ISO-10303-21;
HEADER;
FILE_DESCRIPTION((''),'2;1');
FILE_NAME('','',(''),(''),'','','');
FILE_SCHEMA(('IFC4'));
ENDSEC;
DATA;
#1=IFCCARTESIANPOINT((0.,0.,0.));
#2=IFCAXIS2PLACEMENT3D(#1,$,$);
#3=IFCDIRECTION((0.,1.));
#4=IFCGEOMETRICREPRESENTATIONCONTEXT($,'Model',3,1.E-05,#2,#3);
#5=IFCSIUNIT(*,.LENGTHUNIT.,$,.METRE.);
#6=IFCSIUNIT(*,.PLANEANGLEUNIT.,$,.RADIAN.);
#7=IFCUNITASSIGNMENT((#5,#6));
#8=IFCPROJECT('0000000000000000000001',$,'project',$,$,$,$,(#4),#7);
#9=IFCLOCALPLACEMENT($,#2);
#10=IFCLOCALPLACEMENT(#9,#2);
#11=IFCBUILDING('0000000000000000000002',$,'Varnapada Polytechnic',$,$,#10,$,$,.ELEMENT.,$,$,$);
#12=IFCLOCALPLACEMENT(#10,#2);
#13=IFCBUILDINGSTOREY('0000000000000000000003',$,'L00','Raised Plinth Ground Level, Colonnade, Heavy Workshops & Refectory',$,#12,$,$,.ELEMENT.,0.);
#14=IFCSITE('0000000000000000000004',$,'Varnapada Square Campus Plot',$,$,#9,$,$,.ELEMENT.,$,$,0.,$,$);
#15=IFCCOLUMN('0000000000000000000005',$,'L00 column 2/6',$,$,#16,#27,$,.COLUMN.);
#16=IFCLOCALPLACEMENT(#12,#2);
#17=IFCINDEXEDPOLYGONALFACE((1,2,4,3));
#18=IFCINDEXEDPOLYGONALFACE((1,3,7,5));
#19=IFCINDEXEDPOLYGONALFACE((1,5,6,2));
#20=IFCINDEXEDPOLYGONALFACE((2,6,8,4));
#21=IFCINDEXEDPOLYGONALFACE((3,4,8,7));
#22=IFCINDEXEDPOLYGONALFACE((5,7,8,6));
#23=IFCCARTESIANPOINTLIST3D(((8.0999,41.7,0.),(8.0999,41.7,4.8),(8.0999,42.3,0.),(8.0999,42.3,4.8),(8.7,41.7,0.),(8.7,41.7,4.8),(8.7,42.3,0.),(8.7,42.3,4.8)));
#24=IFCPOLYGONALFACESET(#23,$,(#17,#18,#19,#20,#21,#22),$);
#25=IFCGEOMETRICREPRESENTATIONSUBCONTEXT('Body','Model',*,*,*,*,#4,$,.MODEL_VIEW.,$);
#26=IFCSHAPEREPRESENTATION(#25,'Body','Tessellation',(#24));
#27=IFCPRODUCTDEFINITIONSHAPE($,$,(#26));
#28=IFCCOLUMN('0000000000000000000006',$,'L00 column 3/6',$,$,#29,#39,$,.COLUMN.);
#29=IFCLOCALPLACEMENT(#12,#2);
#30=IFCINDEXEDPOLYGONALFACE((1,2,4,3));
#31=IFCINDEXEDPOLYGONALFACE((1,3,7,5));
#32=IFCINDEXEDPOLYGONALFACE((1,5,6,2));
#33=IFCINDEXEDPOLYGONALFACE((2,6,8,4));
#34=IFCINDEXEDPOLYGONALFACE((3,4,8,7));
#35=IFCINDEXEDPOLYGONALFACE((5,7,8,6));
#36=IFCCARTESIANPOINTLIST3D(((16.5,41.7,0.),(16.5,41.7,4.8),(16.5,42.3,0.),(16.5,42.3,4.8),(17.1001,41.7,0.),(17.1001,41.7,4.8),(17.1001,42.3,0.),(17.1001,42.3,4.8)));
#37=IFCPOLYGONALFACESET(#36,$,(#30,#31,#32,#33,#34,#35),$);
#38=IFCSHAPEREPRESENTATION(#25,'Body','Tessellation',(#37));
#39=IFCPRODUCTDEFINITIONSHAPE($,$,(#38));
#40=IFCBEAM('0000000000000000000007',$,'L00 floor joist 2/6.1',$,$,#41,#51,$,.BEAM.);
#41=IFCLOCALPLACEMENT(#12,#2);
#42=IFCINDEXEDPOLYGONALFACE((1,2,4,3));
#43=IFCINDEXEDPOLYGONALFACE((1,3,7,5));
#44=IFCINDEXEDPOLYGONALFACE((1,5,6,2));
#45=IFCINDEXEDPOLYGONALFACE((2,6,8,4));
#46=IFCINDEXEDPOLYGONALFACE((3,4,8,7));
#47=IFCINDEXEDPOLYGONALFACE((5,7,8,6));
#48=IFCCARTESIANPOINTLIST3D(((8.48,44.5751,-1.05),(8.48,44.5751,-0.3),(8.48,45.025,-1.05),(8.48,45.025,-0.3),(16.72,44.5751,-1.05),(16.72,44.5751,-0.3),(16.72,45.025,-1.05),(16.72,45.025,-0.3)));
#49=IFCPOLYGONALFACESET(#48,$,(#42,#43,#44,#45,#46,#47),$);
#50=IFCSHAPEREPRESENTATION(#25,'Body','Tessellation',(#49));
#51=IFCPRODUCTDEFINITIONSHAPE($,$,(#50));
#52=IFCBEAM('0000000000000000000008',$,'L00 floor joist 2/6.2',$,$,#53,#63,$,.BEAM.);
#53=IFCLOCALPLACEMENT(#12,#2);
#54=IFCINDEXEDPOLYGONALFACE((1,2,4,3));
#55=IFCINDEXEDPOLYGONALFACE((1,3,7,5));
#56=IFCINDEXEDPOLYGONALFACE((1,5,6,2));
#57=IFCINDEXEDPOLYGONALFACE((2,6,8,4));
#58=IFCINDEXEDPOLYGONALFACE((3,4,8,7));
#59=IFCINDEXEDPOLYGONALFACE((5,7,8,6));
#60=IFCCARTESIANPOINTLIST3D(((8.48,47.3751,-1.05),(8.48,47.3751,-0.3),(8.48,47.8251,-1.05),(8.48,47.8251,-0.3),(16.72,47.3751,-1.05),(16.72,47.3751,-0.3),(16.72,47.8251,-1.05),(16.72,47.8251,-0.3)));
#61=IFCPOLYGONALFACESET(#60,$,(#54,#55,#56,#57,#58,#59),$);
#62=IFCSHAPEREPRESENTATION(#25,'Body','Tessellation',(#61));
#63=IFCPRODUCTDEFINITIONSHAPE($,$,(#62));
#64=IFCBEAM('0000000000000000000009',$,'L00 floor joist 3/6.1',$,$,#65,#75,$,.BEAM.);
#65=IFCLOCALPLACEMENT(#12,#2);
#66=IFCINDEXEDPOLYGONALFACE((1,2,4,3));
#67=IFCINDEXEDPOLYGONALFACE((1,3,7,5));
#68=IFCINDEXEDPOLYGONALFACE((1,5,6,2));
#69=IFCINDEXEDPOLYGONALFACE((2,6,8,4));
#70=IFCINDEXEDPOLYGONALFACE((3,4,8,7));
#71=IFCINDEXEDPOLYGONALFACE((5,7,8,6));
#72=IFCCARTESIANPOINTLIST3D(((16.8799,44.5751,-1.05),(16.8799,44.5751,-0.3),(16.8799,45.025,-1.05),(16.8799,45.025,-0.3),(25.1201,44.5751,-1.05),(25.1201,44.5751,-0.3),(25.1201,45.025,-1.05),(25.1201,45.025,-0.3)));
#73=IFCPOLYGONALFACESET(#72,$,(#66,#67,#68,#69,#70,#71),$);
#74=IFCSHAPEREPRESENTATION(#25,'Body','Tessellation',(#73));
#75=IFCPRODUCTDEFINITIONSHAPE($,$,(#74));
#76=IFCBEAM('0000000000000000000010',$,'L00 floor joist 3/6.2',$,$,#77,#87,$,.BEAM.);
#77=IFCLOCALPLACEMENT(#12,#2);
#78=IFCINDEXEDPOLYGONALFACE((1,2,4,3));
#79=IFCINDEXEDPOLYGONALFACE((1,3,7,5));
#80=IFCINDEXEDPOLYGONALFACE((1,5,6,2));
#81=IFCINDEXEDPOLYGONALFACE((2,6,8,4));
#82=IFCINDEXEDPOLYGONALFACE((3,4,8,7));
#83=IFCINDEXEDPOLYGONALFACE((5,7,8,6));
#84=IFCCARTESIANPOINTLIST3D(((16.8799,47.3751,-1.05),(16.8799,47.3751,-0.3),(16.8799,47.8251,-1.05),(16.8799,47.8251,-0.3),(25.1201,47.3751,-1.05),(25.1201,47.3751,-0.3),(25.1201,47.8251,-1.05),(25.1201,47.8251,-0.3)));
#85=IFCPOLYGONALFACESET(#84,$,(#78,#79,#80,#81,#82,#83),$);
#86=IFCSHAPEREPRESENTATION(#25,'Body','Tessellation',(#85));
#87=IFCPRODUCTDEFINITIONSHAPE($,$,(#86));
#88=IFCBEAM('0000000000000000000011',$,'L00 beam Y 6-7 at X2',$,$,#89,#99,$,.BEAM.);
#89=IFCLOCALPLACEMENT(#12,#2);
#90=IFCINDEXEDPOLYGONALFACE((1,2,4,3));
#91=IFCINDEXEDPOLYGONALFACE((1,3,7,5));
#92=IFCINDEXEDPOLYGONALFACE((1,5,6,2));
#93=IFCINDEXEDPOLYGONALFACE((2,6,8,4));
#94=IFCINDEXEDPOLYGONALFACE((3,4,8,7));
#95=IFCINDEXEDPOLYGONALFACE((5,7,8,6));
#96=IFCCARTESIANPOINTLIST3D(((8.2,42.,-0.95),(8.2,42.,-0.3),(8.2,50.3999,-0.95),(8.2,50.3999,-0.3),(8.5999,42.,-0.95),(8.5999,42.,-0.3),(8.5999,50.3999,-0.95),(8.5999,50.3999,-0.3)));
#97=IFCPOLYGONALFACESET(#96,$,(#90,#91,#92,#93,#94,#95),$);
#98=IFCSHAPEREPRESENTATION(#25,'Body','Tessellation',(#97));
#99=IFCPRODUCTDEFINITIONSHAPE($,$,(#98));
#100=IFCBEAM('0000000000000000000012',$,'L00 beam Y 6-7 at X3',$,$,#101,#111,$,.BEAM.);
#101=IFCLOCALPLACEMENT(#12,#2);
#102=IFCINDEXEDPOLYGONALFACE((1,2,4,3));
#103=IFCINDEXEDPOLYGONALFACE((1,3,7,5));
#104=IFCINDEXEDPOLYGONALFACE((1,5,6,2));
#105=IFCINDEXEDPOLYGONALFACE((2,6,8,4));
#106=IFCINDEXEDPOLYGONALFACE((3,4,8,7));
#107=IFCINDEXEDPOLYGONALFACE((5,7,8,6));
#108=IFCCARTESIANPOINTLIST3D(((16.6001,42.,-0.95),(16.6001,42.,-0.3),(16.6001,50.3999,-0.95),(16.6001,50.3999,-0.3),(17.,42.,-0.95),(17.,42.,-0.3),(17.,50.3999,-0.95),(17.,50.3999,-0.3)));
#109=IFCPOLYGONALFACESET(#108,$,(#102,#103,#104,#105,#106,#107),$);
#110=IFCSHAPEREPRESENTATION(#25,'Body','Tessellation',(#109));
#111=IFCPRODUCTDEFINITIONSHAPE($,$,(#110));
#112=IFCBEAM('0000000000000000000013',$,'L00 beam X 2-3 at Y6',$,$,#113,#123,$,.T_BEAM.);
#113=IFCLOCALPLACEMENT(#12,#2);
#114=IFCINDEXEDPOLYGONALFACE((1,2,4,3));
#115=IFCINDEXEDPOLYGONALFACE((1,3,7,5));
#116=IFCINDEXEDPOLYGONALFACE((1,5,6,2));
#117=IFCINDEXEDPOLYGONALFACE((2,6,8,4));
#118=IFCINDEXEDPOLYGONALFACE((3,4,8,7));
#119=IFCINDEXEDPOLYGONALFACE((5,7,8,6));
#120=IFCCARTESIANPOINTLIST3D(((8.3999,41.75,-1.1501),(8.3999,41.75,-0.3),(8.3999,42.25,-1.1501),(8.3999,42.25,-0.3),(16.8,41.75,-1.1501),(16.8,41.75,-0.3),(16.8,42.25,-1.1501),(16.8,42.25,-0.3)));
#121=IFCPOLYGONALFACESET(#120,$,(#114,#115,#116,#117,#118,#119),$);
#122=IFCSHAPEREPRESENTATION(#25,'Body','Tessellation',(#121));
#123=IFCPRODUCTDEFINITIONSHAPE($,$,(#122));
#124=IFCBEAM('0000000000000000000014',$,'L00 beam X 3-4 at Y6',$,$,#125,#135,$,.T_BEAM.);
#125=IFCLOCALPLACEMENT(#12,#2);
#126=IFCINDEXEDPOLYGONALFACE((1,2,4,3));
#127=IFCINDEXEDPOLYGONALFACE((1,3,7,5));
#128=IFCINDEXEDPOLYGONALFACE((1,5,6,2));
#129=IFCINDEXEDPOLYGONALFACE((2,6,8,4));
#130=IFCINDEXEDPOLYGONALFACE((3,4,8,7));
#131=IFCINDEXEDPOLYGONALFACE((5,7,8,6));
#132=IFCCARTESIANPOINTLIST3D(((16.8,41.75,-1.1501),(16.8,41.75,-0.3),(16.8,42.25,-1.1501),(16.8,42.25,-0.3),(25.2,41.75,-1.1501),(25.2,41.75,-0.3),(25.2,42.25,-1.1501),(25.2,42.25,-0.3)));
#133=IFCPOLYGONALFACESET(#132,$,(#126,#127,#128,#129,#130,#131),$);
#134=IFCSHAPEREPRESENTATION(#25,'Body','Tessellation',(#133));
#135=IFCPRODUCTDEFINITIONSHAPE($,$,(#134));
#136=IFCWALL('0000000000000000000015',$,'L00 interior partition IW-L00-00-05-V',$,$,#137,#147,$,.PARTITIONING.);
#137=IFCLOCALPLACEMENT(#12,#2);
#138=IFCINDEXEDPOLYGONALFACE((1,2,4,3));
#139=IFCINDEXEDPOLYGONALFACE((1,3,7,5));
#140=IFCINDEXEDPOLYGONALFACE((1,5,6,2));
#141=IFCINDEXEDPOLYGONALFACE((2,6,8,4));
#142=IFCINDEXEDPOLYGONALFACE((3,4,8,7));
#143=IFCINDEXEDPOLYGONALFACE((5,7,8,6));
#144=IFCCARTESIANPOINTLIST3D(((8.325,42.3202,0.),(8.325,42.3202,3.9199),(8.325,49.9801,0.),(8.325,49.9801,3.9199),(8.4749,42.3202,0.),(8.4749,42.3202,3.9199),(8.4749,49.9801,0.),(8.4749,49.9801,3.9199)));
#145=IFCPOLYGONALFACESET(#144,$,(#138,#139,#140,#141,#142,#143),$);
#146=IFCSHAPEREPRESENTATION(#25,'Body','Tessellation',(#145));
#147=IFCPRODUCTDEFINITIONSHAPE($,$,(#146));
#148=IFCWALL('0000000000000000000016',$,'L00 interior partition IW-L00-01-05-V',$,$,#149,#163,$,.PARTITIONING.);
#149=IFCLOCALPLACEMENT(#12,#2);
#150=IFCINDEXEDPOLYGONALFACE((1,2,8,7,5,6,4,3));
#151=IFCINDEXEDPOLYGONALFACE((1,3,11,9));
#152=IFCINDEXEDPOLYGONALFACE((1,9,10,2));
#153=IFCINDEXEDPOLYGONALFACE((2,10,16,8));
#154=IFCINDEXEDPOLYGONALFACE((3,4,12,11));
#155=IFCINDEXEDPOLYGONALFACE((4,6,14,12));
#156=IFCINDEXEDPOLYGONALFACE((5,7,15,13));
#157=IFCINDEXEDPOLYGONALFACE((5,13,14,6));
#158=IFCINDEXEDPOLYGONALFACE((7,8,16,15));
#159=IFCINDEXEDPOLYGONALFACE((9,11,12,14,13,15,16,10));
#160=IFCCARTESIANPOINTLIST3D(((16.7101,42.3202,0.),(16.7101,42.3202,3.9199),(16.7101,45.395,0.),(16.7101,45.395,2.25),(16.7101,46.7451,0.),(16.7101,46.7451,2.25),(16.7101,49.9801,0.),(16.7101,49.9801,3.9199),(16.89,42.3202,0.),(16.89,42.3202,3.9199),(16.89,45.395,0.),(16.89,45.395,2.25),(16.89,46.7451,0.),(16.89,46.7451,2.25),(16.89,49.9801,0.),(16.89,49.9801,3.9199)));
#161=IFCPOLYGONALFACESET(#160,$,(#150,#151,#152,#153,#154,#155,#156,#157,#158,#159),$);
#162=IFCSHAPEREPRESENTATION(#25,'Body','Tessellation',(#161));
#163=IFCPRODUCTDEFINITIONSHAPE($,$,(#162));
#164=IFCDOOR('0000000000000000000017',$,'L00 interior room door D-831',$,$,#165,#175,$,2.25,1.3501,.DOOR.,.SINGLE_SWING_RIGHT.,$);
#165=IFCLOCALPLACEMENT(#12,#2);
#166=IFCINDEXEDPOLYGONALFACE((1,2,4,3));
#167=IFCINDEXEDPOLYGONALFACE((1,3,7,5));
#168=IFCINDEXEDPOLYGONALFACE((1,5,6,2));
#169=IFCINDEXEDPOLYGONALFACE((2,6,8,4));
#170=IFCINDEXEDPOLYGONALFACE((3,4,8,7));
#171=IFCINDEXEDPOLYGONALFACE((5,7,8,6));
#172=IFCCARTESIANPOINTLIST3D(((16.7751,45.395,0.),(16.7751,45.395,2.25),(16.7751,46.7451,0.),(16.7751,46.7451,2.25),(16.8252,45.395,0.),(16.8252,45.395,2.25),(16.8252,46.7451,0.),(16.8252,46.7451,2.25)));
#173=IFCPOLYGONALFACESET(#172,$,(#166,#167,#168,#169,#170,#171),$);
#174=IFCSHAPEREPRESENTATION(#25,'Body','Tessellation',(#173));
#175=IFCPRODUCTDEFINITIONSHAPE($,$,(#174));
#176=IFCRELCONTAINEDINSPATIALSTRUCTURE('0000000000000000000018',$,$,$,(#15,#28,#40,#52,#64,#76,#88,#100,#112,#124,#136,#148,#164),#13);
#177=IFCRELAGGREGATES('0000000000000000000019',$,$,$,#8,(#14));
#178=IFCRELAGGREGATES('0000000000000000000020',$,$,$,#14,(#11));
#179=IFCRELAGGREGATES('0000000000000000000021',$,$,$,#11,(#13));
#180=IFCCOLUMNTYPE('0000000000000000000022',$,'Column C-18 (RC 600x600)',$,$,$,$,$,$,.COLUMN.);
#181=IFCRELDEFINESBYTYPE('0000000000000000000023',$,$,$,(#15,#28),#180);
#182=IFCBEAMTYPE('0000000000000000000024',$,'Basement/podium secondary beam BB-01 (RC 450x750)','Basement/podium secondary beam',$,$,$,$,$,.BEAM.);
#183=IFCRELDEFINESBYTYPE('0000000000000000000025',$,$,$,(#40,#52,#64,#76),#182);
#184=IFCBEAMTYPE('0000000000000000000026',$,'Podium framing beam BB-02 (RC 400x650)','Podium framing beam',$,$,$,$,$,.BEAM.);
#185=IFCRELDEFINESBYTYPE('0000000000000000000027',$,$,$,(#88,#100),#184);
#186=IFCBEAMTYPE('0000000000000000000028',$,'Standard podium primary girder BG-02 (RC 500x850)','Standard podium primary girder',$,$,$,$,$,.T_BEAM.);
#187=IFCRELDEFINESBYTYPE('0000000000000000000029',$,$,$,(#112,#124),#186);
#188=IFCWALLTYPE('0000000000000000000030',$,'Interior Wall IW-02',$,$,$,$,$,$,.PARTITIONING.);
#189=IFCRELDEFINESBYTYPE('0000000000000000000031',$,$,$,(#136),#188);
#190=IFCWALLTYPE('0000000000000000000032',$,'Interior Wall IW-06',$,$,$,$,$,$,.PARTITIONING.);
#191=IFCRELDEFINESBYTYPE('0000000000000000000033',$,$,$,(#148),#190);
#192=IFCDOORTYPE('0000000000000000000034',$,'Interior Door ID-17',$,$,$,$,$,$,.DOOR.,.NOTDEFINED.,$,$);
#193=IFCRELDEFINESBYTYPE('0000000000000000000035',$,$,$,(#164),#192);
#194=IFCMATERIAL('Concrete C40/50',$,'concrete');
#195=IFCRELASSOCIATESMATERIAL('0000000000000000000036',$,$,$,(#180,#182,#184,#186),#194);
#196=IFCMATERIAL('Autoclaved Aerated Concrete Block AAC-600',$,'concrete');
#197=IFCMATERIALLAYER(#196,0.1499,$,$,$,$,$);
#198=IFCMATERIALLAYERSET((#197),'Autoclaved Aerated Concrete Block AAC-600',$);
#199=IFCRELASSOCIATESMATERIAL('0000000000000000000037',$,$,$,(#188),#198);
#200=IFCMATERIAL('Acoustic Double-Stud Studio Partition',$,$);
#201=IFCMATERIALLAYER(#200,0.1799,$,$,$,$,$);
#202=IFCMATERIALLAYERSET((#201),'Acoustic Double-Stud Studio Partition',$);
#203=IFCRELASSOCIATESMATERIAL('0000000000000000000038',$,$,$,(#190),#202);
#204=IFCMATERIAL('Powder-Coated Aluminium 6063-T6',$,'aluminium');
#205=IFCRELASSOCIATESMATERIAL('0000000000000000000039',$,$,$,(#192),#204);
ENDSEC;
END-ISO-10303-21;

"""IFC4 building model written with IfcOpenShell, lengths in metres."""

from ifc_helpers import new_model, si_unit, direction, frame, frame_2d, origin, origin_2d, place, context, subcontext, project, spatial, rectangle, extrude, material, layer, layer_set, material_profile, profile_set, type_object, element, fill, save


model = new_model("IFC4")

# Units and contexts
model_context = context("Model", 3, precision=1e-05, world=origin(), true_north=direction((0.0, 1.0)))
body_context = subcontext(model_context, "Body", "Model", "MODEL_VIEW")
ifc_project = project(units=[si_unit("LENGTHUNIT", "METRE"), si_unit("PLANEANGLEUNIT", "RADIAN")], contexts=[model_context])

# Site, building, storey
site_placement = place(None, origin())
site = spatial("IfcSite", under=ifc_project, at=site_placement, Name="Varnapada Square Campus Plot", CompositionType="ELEMENT", RefElevation=0.0)
building_placement = place(site_placement, origin())
building = spatial("IfcBuilding", under=site, at=building_placement, Name="Varnapada Polytechnic", CompositionType="ELEMENT")
storey_placement = place(building_placement, origin())
storey = spatial("IfcBuildingStorey", under=building, at=storey_placement, Name="L00", Description="Raised Plinth Ground Level, Colonnade, Heavy Workshops & Refectory", CompositionType="ELEMENT", Elevation=0.0)

# Columns
ifc_material_1 = material(Name="Concrete C40/50", Category="concrete")
ifc_material_profile_1 = material_profile(ifc_material_1, rectangle(XDim=0.6001, YDim=0.6001, at=origin_2d()), Name="RC 600x600")
ifc_profile_set_1 = profile_set([ifc_material_profile_1], Name="Concrete C40/50")
column_type = type_object("IfcColumnType", Name="Column C-18 (RC 600x600)", PredefinedType="COLUMN", material=ifc_profile_set_1)
for number, where, z_axis, x_axis, name in (
    (1, (8.3999, 42.0, 0.0), (0.0, 0.0, 1.0), (1.0, 0.0, 0.0), "L00 column 2/6"),
    (2, (16.8, 42.0, 0.0), (0.0, 0.0, 1.0), (1.0, 0.0, 0.0), "L00 column 3/6"),
):
    element("IfcColumn", number, at=place(storey_placement, frame(where, z_axis=z_axis, x_axis=x_axis)), inside=storey, type_object=column_type, Name=name, PredefinedType="COLUMN", context=body_context, shape_type="SweptSolid", body=[
        extrude(rectangle(XDim=0.6001, YDim=0.6001, at=origin_2d()), origin(), (0.0, 0.0, 1.0), 4.8),
    ])

# Beams
ifc_material_profile_2 = material_profile(ifc_material_1, rectangle(XDim=0.45, YDim=0.75, at=origin_2d()), Name="RC 450x750")
ifc_profile_set_2 = profile_set([ifc_material_profile_2], Name="Concrete C40/50")
beam_type_1 = type_object("IfcBeamType", Name="Basement/podium secondary beam BB-01 (RC 450x750)", Description="Basement/podium secondary beam", PredefinedType="BEAM", material=ifc_profile_set_2)
for number, where, z_axis, x_axis, name in (
    (3, (8.48, 44.8, -0.675), (1.0, 0.0, 0.0), (0.0, 1.0, 0.0), "L00 floor joist 2/6.1"),
    (4, (8.48, 47.6001, -0.675), (1.0, 0.0, 0.0), (0.0, 1.0, 0.0), "L00 floor joist 2/6.2"),
):
    element("IfcBeam", number, at=place(storey_placement, frame(where, z_axis=z_axis, x_axis=x_axis)), inside=storey, type_object=beam_type_1, Name=name, PredefinedType="BEAM", context=body_context, shape_type="SweptSolid", body=[
        extrude(rectangle(XDim=0.45, YDim=0.75, at=origin_2d()), origin(), (0.0, 0.0, 1.0), 8.24),
    ])
for number, where, z_axis, x_axis, name in (
    (5, (16.8799, 44.8, -0.675), (1.0, 0.0, 0.0), (0.0, 1.0, 0.0), "L00 floor joist 3/6.1"),
    (6, (16.8799, 47.6001, -0.675), (1.0, 0.0, 0.0), (0.0, 1.0, 0.0), "L00 floor joist 3/6.2"),
):
    element("IfcBeam", number, at=place(storey_placement, frame(where, z_axis=z_axis, x_axis=x_axis)), inside=storey, type_object=beam_type_1, Name=name, PredefinedType="BEAM", context=body_context, shape_type="SweptSolid", body=[
        extrude(rectangle(XDim=0.45, YDim=0.75, at=origin_2d()), origin(), (0.0, 0.0, 1.0), 8.2402),
    ])
ifc_material_profile_3 = material_profile(ifc_material_1, rectangle(XDim=0.3999, YDim=0.6499, at=origin_2d()), Name="RC 400x650")
ifc_profile_set_3 = profile_set([ifc_material_profile_3], Name="Concrete C40/50")
beam_type_2 = type_object("IfcBeamType", Name="Podium framing beam BB-02 (RC 400x650)", Description="Podium framing beam", PredefinedType="BEAM", material=ifc_profile_set_3)
for number, where, z_axis, x_axis, name in (
    (7, (8.3999, 42.0, -0.625), (0.0, 1.0, 0.0), (-1.0, 0.0, 0.0), "L00 beam Y 6-7 at X2"),
    (8, (16.8, 42.0, -0.625), (0.0, 1.0, 0.0), (-1.0, 0.0, 0.0), "L00 beam Y 6-7 at X3"),
):
    element("IfcBeam", number, at=place(storey_placement, frame(where, z_axis=z_axis, x_axis=x_axis)), inside=storey, type_object=beam_type_2, Name=name, PredefinedType="BEAM", context=body_context, shape_type="SweptSolid", body=[
        extrude(rectangle(XDim=0.3999, YDim=0.6499, at=origin_2d()), origin(), (0.0, 0.0, 1.0), 8.3999),
    ])
ifc_material_profile_4 = material_profile(ifc_material_1, rectangle(XDim=0.5, YDim=0.8501, at=origin_2d()), Name="RC 500x850")
ifc_profile_set_4 = profile_set([ifc_material_profile_4], Name="Concrete C40/50")
beam_type_3 = type_object("IfcBeamType", Name="Standard podium primary girder BG-02 (RC 500x850)", Description="Standard podium primary girder", PredefinedType="T_BEAM", material=ifc_profile_set_4)
beam_1_placement = place(storey_placement, frame((8.3999, 42.0, -0.7251), z_axis=(1.0, 0.0, 0.0), x_axis=(0.0, 1.0, 0.0)))
element("IfcBeam", 9, at=beam_1_placement, inside=storey, type_object=beam_type_3, Name="L00 beam X 2-3 at Y6", PredefinedType="T_BEAM", context=body_context, shape_type="SweptSolid", body=[
    extrude(rectangle(XDim=0.5, YDim=0.8501, at=origin_2d()), origin(), (0.0, 0.0, 1.0), 8.4001),
])
beam_2_placement = place(storey_placement, frame((16.8, 42.0, -0.7251), z_axis=(1.0, 0.0, 0.0), x_axis=(0.0, 1.0, 0.0)))
element("IfcBeam", 10, at=beam_2_placement, inside=storey, type_object=beam_type_3, Name="L00 beam X 3-4 at Y6", PredefinedType="T_BEAM", context=body_context, shape_type="SweptSolid", body=[
    extrude(rectangle(XDim=0.5, YDim=0.8501, at=origin_2d()), origin(), (0.0, 0.0, 1.0), 8.3999),
])

# Wall
ifc_material_2 = material(Name="Autoclaved Aerated Concrete Block AAC-600", Category="concrete")
ifc_layer_1 = layer(ifc_material_2, 0.1499)
ifc_layer_set_1 = layer_set([ifc_layer_1], Name="Autoclaved Aerated Concrete Block AAC-600")
wall_type_1 = type_object("IfcWallType", Name="Interior Wall IW-02", PredefinedType="PARTITIONING", material=ifc_layer_set_1)
wall_1_placement = place(storey_placement, frame((8.3999, 42.3201, 0.0), z_axis=(0.0, 0.0, 1.0), x_axis=(0.0, 1.0, 0.0)))
element("IfcWall", 11, at=wall_1_placement, inside=storey, type_object=wall_type_1, Name="L00 interior partition IW-L00-00-05-V", PredefinedType="PARTITIONING", context=body_context, shape_type="SweptSolid", body=[
    extrude(rectangle(XDim=7.6599, YDim=0.1499, at=frame_2d((3.8301, 0.0))), origin(), (0.0, 0.0, 1.0), 3.9199),
])

# Wall, opening, door
ifc_material_3 = material(Name="Acoustic Double-Stud Studio Partition")
ifc_layer_2 = layer(ifc_material_3, 0.1799)
ifc_layer_set_2 = layer_set([ifc_layer_2], Name="Acoustic Double-Stud Studio Partition")
wall_type_2 = type_object("IfcWallType", Name="Interior Wall IW-06", PredefinedType="PARTITIONING", material=ifc_layer_set_2)
wall_2_placement = place(storey_placement, frame((16.8, 42.3201, 0.0), z_axis=(0.0, 0.0, 1.0), x_axis=(0.0, 1.0, 0.0)))
wall_2 = element("IfcWall", 12, at=wall_2_placement, inside=storey, type_object=wall_type_2, Name="L00 interior partition IW-L00-01-05-V", PredefinedType="PARTITIONING", context=body_context, shape_type="SweptSolid", body=[
    extrude(rectangle(XDim=7.6599, YDim=0.1799, at=frame_2d((3.8301, 0.0))), origin(), (0.0, 0.0, 1.0), 3.9199),
])
opening_1_placement = place(wall_2_placement, frame((3.075, 0.0, 0.0)))
opening_1 = element("IfcOpeningElement", 13, at=opening_1_placement, cuts=wall_2, PredefinedType="OPENING", context=body_context, shape_type="SweptSolid", body=[
    extrude(rectangle(XDim=1.3501, YDim=2.25, at=frame_2d((0.675, 1.125))), frame((0.0, 0.0999, 0.0), z_axis=(0.0, -1.0, 0.0), x_axis=(1.0, 0.0, 0.0)), (0.0, 0.0, 1.0), 0.2),
])
ifc_material_4 = material(Name="Powder-Coated Aluminium 6063-T6", Category="aluminium")
door_type = type_object("IfcDoorType", Name="Interior Door ID-17", OperationType="NOTDEFINED", PredefinedType="DOOR", material=ifc_material_4)
door_placement = place(opening_1_placement, origin())
door = element("IfcDoor", 14, at=door_placement, inside=storey, type_object=door_type, Name="L00 interior room door D-831", OperationType="SINGLE_SWING_RIGHT", OverallHeight=2.25, OverallWidth=1.3501, PredefinedType="DOOR", context=body_context, shape_type="SweptSolid", body=[
    extrude(rectangle(XDim=1.3501, YDim=2.25, at=frame_2d((0.675, 1.125))), frame((0.0, 0.0249, 0.0), z_axis=(0.0, -1.0, 0.0), x_axis=(1.0, 0.0, 0.0)), (0.0, 0.0, 1.0), 0.05),
])
fill(opening_1, door)

save(model, "model.ifc")
